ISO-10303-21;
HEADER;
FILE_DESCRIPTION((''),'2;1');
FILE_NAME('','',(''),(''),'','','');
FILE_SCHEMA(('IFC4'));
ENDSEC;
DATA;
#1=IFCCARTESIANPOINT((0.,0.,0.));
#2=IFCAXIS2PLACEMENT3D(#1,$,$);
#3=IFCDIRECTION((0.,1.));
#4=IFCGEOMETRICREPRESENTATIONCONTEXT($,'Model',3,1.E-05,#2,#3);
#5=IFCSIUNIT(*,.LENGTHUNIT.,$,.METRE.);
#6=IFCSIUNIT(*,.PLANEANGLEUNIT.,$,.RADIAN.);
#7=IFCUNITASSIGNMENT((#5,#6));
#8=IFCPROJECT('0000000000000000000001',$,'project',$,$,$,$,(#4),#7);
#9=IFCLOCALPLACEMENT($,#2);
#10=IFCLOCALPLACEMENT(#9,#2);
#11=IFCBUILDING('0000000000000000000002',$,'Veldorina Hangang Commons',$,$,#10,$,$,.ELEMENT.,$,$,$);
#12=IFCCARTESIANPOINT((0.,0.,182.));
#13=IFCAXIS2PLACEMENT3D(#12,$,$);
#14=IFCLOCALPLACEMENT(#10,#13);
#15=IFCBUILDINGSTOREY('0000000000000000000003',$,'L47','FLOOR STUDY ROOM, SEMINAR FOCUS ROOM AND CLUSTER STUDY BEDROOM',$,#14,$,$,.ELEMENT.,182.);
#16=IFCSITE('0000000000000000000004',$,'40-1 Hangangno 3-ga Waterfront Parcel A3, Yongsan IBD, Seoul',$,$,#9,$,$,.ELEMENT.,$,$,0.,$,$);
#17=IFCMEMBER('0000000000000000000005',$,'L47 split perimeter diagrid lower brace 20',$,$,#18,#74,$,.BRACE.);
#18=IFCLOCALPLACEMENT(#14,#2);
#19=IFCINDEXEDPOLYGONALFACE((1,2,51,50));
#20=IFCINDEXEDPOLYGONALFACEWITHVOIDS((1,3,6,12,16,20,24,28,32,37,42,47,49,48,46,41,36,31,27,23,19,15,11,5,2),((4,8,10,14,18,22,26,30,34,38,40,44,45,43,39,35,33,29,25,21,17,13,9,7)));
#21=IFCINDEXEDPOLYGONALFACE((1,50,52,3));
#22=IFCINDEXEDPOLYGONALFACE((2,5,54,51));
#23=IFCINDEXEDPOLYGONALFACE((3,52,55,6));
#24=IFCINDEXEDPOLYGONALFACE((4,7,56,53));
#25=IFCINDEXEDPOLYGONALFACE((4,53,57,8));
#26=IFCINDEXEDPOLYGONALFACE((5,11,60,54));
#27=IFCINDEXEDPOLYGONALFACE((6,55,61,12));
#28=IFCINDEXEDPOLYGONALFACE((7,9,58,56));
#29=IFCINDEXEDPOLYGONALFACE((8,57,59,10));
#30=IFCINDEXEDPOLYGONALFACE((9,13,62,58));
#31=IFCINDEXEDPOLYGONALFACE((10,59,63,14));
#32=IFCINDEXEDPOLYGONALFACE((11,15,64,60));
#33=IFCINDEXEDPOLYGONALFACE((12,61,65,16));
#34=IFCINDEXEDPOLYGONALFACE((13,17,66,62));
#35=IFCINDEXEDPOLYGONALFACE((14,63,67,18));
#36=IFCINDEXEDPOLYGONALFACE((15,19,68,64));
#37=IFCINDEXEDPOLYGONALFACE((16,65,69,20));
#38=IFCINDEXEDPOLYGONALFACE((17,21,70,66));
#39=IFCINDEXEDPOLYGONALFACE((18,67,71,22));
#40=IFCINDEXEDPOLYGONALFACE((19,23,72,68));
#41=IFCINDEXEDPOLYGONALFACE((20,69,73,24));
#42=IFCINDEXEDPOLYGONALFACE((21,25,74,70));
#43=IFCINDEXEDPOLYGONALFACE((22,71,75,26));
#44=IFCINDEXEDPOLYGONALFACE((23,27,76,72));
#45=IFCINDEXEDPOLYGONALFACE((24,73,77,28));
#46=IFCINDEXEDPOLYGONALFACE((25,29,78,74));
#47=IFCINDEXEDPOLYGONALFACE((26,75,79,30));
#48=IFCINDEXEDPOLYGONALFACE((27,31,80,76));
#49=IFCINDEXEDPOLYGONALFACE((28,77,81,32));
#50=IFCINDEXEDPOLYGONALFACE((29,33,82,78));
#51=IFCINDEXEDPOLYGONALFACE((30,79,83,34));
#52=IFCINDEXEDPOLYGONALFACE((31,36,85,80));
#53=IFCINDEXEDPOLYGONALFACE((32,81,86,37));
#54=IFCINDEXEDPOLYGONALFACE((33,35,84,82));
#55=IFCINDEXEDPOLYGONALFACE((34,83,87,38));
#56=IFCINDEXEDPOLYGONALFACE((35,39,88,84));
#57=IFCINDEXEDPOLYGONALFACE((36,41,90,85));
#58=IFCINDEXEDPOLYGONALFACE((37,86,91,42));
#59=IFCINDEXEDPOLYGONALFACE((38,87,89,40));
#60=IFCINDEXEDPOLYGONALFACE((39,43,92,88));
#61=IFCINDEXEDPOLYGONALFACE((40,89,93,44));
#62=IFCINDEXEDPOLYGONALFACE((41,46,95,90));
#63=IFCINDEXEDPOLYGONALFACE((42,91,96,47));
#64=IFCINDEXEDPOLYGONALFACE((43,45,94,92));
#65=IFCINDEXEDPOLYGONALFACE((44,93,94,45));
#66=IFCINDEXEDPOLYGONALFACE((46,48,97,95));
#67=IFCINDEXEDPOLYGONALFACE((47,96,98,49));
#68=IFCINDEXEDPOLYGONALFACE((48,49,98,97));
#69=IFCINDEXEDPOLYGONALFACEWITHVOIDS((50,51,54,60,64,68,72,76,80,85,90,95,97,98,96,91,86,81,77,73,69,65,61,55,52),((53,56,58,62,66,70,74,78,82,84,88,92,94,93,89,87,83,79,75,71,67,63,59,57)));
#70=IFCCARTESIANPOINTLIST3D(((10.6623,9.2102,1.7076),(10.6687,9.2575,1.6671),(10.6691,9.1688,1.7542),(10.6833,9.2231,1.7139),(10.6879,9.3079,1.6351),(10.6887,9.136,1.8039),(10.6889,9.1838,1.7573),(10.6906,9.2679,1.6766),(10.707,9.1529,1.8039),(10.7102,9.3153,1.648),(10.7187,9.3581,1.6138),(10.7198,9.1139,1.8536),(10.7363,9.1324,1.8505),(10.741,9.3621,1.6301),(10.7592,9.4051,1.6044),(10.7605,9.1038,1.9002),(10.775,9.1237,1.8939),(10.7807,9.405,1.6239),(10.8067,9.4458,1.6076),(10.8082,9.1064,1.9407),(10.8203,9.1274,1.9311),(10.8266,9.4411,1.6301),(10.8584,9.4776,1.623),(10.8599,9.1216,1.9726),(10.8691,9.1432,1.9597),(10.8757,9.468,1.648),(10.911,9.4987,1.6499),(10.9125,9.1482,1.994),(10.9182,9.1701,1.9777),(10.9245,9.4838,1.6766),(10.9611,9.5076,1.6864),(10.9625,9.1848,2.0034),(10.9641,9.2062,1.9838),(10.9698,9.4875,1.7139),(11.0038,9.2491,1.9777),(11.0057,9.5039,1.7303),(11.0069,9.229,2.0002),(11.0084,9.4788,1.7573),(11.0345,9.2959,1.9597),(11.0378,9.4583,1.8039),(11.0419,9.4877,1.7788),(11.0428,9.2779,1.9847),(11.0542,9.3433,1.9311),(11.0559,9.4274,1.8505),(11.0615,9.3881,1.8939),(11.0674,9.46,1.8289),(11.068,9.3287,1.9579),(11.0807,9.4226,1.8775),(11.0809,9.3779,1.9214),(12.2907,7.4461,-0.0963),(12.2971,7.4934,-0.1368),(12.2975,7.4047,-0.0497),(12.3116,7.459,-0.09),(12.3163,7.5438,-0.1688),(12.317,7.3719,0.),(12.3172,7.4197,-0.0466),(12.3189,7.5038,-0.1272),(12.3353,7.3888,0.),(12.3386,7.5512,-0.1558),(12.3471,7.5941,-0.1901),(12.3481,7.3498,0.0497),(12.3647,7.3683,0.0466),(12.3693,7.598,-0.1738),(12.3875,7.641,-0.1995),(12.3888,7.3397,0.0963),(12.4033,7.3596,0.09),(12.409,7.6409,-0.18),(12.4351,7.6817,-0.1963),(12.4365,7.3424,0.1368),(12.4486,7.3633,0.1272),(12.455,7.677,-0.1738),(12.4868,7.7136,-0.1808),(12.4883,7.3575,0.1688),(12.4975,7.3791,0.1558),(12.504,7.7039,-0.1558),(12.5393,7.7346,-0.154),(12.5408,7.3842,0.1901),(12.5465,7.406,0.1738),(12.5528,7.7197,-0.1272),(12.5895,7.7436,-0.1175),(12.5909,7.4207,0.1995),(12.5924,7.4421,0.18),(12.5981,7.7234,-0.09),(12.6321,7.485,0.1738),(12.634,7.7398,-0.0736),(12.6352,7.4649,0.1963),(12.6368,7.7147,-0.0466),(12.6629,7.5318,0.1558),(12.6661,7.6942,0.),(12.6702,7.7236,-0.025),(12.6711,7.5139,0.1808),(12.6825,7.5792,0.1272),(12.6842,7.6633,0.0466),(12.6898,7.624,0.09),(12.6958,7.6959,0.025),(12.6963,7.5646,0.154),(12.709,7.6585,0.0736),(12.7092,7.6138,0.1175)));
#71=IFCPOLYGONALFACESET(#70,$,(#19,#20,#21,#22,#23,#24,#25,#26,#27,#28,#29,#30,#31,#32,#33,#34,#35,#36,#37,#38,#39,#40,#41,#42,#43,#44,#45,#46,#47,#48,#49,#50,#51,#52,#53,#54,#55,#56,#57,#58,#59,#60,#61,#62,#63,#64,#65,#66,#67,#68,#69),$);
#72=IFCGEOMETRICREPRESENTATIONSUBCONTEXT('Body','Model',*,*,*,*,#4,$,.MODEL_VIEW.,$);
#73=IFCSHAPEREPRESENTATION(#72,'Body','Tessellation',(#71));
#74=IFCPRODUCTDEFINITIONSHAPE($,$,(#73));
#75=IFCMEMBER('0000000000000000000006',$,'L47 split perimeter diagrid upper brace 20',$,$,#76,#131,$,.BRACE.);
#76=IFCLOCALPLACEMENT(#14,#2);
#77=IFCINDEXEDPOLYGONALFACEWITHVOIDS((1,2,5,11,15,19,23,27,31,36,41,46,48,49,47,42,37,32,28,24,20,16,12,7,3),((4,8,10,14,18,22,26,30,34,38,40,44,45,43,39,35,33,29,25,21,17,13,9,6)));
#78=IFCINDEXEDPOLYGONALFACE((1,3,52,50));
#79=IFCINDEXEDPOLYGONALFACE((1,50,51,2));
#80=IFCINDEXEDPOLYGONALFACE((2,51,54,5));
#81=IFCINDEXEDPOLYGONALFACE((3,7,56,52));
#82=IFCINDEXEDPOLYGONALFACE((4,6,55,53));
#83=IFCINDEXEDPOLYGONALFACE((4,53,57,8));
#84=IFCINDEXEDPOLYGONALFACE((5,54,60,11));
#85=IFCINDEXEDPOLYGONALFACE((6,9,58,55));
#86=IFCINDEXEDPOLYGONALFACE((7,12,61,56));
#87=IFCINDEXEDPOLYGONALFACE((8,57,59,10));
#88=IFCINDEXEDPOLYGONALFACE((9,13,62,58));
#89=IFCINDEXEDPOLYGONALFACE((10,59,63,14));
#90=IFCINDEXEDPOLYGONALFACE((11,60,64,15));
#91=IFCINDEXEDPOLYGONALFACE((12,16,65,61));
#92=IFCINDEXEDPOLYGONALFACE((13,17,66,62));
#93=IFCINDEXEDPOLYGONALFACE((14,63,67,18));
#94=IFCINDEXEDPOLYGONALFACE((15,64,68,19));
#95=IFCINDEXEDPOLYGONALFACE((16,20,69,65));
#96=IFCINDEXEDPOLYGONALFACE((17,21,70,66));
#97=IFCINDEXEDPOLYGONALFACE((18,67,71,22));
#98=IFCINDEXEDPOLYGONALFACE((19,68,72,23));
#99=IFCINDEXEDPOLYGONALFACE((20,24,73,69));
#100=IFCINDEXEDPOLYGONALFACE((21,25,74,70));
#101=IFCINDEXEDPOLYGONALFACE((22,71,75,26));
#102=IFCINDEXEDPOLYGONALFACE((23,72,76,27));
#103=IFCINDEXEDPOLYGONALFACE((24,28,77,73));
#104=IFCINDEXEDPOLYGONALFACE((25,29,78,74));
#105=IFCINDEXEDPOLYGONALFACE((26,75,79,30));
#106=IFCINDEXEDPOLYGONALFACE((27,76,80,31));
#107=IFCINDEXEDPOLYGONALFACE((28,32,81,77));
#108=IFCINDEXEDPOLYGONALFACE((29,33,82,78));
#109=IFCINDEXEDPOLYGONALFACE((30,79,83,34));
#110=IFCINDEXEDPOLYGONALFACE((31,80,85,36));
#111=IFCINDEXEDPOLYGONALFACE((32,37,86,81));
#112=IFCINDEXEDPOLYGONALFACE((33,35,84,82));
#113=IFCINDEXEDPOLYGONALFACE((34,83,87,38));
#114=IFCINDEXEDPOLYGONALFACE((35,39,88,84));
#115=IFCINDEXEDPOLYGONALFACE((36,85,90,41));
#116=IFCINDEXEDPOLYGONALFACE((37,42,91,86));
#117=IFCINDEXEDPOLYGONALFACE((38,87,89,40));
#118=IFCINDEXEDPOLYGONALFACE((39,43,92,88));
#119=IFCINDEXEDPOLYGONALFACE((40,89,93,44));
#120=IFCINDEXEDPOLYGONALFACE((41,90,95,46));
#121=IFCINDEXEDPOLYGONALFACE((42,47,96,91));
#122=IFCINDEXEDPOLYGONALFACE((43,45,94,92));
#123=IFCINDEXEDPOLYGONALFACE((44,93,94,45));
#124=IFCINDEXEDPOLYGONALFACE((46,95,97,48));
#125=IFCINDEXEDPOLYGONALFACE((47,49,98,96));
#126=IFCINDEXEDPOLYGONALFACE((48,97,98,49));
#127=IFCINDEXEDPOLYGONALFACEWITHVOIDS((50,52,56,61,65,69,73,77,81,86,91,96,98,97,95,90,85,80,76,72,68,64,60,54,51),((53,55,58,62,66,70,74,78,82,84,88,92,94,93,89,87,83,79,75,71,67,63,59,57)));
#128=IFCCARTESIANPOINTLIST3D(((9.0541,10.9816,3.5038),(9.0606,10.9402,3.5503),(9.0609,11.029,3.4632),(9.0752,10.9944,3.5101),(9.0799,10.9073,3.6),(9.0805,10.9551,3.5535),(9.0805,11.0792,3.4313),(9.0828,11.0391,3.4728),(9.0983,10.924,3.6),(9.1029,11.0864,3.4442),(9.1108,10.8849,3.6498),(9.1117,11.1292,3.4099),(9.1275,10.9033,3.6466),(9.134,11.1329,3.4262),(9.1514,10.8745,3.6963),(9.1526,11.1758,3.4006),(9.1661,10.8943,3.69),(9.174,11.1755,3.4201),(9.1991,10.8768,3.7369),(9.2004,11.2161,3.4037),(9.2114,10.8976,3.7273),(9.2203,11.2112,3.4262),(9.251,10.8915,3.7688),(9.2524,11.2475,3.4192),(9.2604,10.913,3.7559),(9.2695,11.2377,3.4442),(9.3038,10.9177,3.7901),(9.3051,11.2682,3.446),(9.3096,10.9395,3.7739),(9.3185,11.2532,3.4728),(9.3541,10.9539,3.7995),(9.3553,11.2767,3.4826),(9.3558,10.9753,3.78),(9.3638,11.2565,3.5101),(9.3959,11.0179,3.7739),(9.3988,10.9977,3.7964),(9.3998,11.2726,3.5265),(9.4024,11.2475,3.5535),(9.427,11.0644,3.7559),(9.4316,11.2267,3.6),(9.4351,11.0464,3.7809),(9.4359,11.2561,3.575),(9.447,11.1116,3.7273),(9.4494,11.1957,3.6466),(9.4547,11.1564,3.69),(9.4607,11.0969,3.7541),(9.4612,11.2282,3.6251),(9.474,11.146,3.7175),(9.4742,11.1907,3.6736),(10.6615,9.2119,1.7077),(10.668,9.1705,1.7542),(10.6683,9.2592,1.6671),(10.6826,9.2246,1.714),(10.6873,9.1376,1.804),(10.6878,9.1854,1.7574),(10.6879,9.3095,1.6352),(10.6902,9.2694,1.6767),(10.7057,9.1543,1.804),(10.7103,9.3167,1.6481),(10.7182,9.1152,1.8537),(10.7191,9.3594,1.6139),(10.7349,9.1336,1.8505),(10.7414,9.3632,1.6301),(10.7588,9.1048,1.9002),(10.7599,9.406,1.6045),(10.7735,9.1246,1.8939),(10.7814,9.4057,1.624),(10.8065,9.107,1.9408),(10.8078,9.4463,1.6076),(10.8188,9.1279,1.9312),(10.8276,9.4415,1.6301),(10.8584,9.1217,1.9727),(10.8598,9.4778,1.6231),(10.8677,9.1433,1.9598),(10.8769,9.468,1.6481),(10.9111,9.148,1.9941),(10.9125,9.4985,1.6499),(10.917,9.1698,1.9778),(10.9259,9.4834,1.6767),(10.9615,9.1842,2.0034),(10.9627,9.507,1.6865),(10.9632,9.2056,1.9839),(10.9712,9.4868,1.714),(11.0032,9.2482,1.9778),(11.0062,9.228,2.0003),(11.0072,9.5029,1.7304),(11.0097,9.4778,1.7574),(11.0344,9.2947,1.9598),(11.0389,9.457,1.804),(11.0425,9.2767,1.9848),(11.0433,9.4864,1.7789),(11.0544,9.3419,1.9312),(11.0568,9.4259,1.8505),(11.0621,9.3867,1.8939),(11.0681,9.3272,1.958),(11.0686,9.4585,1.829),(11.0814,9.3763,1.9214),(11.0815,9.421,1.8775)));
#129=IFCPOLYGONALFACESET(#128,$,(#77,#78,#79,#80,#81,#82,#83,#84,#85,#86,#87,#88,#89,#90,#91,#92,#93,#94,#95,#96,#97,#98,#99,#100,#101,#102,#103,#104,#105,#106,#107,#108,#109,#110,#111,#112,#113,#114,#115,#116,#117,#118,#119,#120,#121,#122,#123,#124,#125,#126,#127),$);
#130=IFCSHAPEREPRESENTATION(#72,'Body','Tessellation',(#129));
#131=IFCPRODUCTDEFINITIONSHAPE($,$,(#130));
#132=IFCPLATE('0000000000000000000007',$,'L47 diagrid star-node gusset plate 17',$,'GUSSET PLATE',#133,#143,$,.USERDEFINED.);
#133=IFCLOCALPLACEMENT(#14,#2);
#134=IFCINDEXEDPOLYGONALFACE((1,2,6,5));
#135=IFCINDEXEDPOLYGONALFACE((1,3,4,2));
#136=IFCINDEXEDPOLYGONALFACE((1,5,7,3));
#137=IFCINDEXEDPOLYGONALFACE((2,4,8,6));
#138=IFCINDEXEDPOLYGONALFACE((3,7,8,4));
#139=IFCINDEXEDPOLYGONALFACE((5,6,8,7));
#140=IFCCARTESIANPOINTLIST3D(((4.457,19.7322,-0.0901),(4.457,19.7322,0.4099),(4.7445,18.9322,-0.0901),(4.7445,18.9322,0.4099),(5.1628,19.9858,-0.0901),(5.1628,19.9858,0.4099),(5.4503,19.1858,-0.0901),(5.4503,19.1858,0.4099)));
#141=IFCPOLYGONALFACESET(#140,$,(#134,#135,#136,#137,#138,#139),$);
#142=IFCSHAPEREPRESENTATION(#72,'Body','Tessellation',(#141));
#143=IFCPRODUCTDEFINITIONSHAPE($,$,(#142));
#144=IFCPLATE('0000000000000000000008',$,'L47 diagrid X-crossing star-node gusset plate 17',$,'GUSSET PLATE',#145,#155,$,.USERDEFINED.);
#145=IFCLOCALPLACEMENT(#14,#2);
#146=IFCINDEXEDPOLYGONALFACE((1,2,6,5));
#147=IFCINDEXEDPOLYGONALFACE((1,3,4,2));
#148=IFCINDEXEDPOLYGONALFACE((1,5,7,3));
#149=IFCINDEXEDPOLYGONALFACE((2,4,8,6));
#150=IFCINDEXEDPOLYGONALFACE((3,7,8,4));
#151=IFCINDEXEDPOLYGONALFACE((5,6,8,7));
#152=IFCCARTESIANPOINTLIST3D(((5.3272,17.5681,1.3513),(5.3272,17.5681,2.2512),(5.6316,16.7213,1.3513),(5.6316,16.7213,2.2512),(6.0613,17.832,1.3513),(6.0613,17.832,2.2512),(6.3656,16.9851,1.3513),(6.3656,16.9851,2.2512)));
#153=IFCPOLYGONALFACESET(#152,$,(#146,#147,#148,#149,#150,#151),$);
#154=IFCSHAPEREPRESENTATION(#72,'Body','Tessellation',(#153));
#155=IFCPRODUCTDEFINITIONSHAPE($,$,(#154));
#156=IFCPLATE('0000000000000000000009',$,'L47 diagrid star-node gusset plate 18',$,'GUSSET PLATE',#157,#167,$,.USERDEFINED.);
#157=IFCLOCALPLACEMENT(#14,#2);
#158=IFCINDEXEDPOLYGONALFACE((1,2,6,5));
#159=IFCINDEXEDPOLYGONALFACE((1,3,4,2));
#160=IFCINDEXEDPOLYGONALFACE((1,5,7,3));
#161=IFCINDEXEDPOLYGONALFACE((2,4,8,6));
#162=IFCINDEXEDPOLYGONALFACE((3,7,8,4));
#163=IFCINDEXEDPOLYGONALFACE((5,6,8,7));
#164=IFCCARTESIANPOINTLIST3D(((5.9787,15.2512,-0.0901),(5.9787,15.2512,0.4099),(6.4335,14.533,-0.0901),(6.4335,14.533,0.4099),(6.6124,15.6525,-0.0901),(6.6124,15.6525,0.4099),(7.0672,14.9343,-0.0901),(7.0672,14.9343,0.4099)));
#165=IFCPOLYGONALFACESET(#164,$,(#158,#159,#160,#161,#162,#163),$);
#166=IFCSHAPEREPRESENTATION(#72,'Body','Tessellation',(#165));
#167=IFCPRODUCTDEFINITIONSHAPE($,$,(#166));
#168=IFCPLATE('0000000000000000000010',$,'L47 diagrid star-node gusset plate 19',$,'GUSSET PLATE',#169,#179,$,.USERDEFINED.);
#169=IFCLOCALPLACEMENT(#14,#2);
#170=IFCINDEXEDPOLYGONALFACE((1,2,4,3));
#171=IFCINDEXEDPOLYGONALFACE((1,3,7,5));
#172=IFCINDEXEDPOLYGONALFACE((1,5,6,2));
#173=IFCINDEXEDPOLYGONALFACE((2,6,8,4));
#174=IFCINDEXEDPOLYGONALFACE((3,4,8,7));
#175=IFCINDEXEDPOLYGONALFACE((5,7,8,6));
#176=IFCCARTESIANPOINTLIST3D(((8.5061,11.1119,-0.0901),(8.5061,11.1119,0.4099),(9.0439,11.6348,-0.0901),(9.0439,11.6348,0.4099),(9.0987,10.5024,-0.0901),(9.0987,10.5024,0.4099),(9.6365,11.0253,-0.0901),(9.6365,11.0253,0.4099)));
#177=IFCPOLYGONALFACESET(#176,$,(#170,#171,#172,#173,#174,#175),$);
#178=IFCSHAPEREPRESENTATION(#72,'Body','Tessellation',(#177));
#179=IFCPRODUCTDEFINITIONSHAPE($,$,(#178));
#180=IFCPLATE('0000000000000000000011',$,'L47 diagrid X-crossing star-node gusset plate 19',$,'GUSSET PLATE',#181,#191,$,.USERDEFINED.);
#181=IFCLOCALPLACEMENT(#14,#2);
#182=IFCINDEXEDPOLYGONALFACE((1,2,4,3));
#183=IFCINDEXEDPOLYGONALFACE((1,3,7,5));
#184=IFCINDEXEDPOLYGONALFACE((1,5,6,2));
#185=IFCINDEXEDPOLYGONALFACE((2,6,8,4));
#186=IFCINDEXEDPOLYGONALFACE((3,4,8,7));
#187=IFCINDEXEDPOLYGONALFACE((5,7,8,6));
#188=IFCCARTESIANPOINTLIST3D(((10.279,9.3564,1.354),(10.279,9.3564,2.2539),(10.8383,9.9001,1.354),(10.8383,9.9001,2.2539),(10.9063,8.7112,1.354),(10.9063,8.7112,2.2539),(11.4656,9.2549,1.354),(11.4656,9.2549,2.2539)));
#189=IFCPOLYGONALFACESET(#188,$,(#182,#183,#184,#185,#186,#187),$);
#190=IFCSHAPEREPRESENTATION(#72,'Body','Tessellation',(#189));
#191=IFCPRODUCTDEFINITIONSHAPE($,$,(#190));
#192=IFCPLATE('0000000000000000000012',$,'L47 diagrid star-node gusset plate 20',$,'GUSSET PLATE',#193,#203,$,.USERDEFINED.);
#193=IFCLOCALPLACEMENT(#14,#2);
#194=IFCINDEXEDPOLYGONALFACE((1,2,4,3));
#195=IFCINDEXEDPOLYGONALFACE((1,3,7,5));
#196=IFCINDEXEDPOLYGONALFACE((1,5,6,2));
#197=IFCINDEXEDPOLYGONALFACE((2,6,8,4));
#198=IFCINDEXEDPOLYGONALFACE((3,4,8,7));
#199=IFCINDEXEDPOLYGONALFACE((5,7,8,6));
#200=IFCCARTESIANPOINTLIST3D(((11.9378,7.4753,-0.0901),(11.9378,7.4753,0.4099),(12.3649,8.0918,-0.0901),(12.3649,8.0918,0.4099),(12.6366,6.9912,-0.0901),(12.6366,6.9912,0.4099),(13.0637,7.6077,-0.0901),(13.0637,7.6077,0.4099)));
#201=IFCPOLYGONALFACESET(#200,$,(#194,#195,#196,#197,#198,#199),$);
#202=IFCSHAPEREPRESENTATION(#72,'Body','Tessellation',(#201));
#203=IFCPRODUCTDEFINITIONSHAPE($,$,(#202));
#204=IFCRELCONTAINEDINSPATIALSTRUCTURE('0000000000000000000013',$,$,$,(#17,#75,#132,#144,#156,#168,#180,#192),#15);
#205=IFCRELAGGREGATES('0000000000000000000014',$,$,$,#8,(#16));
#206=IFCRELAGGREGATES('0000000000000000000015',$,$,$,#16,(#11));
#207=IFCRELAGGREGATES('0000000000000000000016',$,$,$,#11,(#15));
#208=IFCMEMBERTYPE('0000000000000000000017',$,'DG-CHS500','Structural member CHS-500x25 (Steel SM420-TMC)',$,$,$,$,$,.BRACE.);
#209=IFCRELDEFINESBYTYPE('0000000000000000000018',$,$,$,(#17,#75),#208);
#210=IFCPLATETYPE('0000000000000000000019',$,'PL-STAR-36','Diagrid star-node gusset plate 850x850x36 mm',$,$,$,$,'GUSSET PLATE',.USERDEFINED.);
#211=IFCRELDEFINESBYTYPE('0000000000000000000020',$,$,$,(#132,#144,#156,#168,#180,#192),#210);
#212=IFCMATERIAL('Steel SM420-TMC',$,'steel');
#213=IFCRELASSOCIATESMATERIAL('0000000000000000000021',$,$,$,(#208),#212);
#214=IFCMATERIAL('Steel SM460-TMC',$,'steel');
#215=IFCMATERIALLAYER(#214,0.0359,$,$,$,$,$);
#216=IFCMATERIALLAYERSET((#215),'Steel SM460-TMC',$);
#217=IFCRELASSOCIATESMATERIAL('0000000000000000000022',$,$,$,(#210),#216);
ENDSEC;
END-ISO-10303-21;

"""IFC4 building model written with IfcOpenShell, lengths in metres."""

from ifc_helpers import new_model, si_unit, direction, frame, origin, origin_2d, place, context, subcontext, project, spatial, rectangle, hollow_circle, extrude, material, layer, layer_set, material_profile, profile_set, type_object, element, save


model = new_model("IFC4")

# Units and contexts
model_context = context("Model", 3, precision=1e-05, world=origin(), true_north=direction((0.0, 1.0)))
body_context = subcontext(model_context, "Body", "Model", "MODEL_VIEW")
ifc_project = project(units=[si_unit("LENGTHUNIT", "METRE"), si_unit("PLANEANGLEUNIT", "RADIAN")], contexts=[model_context])

# Site, building, storey
site_placement = place(None, origin())
site = spatial("IfcSite", under=ifc_project, at=site_placement, Name="40-1 Hangangno 3-ga Waterfront Parcel A3, Yongsan IBD, Seoul", CompositionType="ELEMENT", RefElevation=0.0)
building_placement = place(site_placement, origin())
building = spatial("IfcBuilding", under=site, at=building_placement, Name="Veldorina Hangang Commons", CompositionType="ELEMENT")
storey_placement = place(building_placement, frame((0.0, 0.0, 182.0)))
storey = spatial("IfcBuildingStorey", under=building, at=storey_placement, Name="L47", Description="FLOOR STUDY ROOM, SEMINAR FOCUS ROOM AND CLUSTER STUDY BEDROOM", CompositionType="ELEMENT", Elevation=182.0)

# Shared definitions
ifc_material_1 = material(Name="Steel SM420-TMC", Category="steel")

# Members
ifc_material_profile_1 = material_profile(ifc_material_1, hollow_circle(Radius=0.25, WallThickness=0.0249, at=origin_2d()), Name="CHS-500x25")
ifc_profile_set_1 = profile_set([ifc_material_profile_1], Name="Steel SM420-TMC")
member_type = type_object("IfcMemberType", Name="DG-CHS500", Description="Structural member CHS-500x25 (Steel SM420-TMC)", PredefinedType="BRACE", material=ifc_profile_set_1)
member_1_placement = place(storey_placement, frame((12.5007, 7.5415, 0.0), z_axis=(-0.542256, 0.587458, 0.600709), x_axis=(-0.734811, -0.678272, 0.0)))
element("IfcMember", 1, at=member_1_placement, inside=storey, type_object=member_type, Name="L47 split perimeter diagrid lower brace 20", PredefinedType="BRACE", context=body_context, shape_type="SweptSolid", body=[
    extrude(hollow_circle(Radius=0.25, WallThickness=0.0249, at=origin_2d()), origin(), (0.0, 0.0, 1.0), 3.0029),
])
member_2_placement = place(storey_placement, frame((10.8723, 9.3057, 1.804), z_axis=(-0.537541, 0.591834, 0.600651), x_axis=(-0.740245, -0.672337, 0.0)))
element("IfcMember", 2, at=member_2_placement, inside=storey, type_object=member_type, Name="L47 split perimeter diagrid upper brace 20", PredefinedType="BRACE", context=body_context, shape_type="SweptSolid", body=[
    extrude(hollow_circle(Radius=0.25, WallThickness=0.0249, at=origin_2d()), origin(), (0.0, 0.0, 1.0), 2.9902),
])

# Plates
ifc_material_2 = material(Name="Steel SM460-TMC", Category="steel")
ifc_layer_1 = layer(ifc_material_2, 0.0359)
ifc_layer_set_1 = layer_set([ifc_layer_1], Name="Steel SM460-TMC")
plate_type = type_object("IfcPlateType", Name="PL-STAR-36", Description="Diagrid star-node gusset plate 850x850x36 mm", ElementType="GUSSET PLATE", PredefinedType="USERDEFINED", material=ifc_layer_set_1)
plate_1_placement = place(storey_placement, frame((4.9536, 19.459, -0.0901), z_axis=(0.0, 0.0, 1.0), x_axis=(0.338196, -0.941076, 0.0)))
element("IfcPlate", 3, at=plate_1_placement, inside=storey, type_object=plate_type, Name="L47 diagrid star-node gusset plate 17", ObjectType="GUSSET PLATE", PredefinedType="USERDEFINED", context=body_context, shape_type="SweptSolid", body=[
    extrude(rectangle(XDim=0.8501, YDim=0.75, at=origin_2d()), origin(), (0.0, 0.0, 1.0), 0.5),
])
plate_2_placement = place(storey_placement, frame((5.8464, 17.2766, 1.3513), z_axis=(0.0, 0.0, 1.0), x_axis=(0.338196, -0.941076, 0.0)))
element("IfcPlate", 4, at=plate_2_placement, inside=storey, type_object=plate_type, Name="L47 diagrid X-crossing star-node gusset plate 17", ObjectType="GUSSET PLATE", PredefinedType="USERDEFINED", context=body_context, shape_type="SweptSolid", body=[
    extrude(rectangle(XDim=0.8999, YDim=0.78, at=origin_2d()), origin(), (0.0, 0.0, 1.0), 0.8999),
])
for number, where, z_axis, x_axis, name in (
    (5, (6.5229, 15.0928, -0.0901), (0.0, 0.0, 1.0), (0.535016, -0.844842, 0.0), "L47 diagrid star-node gusset plate 18"),
    (6, (9.0713, 11.0686, -0.0901), (0.0, 0.0, 1.0), (0.697103, -0.716971, 0.0), "L47 diagrid star-node gusset plate 19"),
):
    element("IfcPlate", number, at=place(storey_placement, frame(where, z_axis=z_axis, x_axis=x_axis)), inside=storey, type_object=plate_type, Name=name, ObjectType="GUSSET PLATE", PredefinedType="USERDEFINED", context=body_context, shape_type="SweptSolid", body=[
        extrude(rectangle(XDim=0.8501, YDim=0.75, at=origin_2d()), origin(), (0.0, 0.0, 1.0), 0.5),
    ])
plate_3_placement = place(storey_placement, frame((10.8723, 9.3057, 1.354), z_axis=(0.0, 0.0, 1.0), x_axis=(0.697103, -0.716971, 0.0)))
element("IfcPlate", 7, at=plate_3_placement, inside=storey, type_object=plate_type, Name="L47 diagrid X-crossing star-node gusset plate 19", ObjectType="GUSSET PLATE", PredefinedType="USERDEFINED", context=body_context, shape_type="SweptSolid", body=[
    extrude(rectangle(XDim=0.8999, YDim=0.78, at=origin_2d()), origin(), (0.0, 0.0, 1.0), 0.8999),
])
plate_4_placement = place(storey_placement, frame((12.5007, 7.5415, -0.0901), z_axis=(0.0, 0.0, 1.0), x_axis=(0.822045, -0.569423, 0.0)))
element("IfcPlate", 8, at=plate_4_placement, inside=storey, type_object=plate_type, Name="L47 diagrid star-node gusset plate 20", ObjectType="GUSSET PLATE", PredefinedType="USERDEFINED", context=body_context, shape_type="SweptSolid", body=[
    extrude(rectangle(XDim=0.8501, YDim=0.75, at=origin_2d()), origin(), (0.0, 0.0, 1.0), 0.5),
])

save(model, "model.ifc")
